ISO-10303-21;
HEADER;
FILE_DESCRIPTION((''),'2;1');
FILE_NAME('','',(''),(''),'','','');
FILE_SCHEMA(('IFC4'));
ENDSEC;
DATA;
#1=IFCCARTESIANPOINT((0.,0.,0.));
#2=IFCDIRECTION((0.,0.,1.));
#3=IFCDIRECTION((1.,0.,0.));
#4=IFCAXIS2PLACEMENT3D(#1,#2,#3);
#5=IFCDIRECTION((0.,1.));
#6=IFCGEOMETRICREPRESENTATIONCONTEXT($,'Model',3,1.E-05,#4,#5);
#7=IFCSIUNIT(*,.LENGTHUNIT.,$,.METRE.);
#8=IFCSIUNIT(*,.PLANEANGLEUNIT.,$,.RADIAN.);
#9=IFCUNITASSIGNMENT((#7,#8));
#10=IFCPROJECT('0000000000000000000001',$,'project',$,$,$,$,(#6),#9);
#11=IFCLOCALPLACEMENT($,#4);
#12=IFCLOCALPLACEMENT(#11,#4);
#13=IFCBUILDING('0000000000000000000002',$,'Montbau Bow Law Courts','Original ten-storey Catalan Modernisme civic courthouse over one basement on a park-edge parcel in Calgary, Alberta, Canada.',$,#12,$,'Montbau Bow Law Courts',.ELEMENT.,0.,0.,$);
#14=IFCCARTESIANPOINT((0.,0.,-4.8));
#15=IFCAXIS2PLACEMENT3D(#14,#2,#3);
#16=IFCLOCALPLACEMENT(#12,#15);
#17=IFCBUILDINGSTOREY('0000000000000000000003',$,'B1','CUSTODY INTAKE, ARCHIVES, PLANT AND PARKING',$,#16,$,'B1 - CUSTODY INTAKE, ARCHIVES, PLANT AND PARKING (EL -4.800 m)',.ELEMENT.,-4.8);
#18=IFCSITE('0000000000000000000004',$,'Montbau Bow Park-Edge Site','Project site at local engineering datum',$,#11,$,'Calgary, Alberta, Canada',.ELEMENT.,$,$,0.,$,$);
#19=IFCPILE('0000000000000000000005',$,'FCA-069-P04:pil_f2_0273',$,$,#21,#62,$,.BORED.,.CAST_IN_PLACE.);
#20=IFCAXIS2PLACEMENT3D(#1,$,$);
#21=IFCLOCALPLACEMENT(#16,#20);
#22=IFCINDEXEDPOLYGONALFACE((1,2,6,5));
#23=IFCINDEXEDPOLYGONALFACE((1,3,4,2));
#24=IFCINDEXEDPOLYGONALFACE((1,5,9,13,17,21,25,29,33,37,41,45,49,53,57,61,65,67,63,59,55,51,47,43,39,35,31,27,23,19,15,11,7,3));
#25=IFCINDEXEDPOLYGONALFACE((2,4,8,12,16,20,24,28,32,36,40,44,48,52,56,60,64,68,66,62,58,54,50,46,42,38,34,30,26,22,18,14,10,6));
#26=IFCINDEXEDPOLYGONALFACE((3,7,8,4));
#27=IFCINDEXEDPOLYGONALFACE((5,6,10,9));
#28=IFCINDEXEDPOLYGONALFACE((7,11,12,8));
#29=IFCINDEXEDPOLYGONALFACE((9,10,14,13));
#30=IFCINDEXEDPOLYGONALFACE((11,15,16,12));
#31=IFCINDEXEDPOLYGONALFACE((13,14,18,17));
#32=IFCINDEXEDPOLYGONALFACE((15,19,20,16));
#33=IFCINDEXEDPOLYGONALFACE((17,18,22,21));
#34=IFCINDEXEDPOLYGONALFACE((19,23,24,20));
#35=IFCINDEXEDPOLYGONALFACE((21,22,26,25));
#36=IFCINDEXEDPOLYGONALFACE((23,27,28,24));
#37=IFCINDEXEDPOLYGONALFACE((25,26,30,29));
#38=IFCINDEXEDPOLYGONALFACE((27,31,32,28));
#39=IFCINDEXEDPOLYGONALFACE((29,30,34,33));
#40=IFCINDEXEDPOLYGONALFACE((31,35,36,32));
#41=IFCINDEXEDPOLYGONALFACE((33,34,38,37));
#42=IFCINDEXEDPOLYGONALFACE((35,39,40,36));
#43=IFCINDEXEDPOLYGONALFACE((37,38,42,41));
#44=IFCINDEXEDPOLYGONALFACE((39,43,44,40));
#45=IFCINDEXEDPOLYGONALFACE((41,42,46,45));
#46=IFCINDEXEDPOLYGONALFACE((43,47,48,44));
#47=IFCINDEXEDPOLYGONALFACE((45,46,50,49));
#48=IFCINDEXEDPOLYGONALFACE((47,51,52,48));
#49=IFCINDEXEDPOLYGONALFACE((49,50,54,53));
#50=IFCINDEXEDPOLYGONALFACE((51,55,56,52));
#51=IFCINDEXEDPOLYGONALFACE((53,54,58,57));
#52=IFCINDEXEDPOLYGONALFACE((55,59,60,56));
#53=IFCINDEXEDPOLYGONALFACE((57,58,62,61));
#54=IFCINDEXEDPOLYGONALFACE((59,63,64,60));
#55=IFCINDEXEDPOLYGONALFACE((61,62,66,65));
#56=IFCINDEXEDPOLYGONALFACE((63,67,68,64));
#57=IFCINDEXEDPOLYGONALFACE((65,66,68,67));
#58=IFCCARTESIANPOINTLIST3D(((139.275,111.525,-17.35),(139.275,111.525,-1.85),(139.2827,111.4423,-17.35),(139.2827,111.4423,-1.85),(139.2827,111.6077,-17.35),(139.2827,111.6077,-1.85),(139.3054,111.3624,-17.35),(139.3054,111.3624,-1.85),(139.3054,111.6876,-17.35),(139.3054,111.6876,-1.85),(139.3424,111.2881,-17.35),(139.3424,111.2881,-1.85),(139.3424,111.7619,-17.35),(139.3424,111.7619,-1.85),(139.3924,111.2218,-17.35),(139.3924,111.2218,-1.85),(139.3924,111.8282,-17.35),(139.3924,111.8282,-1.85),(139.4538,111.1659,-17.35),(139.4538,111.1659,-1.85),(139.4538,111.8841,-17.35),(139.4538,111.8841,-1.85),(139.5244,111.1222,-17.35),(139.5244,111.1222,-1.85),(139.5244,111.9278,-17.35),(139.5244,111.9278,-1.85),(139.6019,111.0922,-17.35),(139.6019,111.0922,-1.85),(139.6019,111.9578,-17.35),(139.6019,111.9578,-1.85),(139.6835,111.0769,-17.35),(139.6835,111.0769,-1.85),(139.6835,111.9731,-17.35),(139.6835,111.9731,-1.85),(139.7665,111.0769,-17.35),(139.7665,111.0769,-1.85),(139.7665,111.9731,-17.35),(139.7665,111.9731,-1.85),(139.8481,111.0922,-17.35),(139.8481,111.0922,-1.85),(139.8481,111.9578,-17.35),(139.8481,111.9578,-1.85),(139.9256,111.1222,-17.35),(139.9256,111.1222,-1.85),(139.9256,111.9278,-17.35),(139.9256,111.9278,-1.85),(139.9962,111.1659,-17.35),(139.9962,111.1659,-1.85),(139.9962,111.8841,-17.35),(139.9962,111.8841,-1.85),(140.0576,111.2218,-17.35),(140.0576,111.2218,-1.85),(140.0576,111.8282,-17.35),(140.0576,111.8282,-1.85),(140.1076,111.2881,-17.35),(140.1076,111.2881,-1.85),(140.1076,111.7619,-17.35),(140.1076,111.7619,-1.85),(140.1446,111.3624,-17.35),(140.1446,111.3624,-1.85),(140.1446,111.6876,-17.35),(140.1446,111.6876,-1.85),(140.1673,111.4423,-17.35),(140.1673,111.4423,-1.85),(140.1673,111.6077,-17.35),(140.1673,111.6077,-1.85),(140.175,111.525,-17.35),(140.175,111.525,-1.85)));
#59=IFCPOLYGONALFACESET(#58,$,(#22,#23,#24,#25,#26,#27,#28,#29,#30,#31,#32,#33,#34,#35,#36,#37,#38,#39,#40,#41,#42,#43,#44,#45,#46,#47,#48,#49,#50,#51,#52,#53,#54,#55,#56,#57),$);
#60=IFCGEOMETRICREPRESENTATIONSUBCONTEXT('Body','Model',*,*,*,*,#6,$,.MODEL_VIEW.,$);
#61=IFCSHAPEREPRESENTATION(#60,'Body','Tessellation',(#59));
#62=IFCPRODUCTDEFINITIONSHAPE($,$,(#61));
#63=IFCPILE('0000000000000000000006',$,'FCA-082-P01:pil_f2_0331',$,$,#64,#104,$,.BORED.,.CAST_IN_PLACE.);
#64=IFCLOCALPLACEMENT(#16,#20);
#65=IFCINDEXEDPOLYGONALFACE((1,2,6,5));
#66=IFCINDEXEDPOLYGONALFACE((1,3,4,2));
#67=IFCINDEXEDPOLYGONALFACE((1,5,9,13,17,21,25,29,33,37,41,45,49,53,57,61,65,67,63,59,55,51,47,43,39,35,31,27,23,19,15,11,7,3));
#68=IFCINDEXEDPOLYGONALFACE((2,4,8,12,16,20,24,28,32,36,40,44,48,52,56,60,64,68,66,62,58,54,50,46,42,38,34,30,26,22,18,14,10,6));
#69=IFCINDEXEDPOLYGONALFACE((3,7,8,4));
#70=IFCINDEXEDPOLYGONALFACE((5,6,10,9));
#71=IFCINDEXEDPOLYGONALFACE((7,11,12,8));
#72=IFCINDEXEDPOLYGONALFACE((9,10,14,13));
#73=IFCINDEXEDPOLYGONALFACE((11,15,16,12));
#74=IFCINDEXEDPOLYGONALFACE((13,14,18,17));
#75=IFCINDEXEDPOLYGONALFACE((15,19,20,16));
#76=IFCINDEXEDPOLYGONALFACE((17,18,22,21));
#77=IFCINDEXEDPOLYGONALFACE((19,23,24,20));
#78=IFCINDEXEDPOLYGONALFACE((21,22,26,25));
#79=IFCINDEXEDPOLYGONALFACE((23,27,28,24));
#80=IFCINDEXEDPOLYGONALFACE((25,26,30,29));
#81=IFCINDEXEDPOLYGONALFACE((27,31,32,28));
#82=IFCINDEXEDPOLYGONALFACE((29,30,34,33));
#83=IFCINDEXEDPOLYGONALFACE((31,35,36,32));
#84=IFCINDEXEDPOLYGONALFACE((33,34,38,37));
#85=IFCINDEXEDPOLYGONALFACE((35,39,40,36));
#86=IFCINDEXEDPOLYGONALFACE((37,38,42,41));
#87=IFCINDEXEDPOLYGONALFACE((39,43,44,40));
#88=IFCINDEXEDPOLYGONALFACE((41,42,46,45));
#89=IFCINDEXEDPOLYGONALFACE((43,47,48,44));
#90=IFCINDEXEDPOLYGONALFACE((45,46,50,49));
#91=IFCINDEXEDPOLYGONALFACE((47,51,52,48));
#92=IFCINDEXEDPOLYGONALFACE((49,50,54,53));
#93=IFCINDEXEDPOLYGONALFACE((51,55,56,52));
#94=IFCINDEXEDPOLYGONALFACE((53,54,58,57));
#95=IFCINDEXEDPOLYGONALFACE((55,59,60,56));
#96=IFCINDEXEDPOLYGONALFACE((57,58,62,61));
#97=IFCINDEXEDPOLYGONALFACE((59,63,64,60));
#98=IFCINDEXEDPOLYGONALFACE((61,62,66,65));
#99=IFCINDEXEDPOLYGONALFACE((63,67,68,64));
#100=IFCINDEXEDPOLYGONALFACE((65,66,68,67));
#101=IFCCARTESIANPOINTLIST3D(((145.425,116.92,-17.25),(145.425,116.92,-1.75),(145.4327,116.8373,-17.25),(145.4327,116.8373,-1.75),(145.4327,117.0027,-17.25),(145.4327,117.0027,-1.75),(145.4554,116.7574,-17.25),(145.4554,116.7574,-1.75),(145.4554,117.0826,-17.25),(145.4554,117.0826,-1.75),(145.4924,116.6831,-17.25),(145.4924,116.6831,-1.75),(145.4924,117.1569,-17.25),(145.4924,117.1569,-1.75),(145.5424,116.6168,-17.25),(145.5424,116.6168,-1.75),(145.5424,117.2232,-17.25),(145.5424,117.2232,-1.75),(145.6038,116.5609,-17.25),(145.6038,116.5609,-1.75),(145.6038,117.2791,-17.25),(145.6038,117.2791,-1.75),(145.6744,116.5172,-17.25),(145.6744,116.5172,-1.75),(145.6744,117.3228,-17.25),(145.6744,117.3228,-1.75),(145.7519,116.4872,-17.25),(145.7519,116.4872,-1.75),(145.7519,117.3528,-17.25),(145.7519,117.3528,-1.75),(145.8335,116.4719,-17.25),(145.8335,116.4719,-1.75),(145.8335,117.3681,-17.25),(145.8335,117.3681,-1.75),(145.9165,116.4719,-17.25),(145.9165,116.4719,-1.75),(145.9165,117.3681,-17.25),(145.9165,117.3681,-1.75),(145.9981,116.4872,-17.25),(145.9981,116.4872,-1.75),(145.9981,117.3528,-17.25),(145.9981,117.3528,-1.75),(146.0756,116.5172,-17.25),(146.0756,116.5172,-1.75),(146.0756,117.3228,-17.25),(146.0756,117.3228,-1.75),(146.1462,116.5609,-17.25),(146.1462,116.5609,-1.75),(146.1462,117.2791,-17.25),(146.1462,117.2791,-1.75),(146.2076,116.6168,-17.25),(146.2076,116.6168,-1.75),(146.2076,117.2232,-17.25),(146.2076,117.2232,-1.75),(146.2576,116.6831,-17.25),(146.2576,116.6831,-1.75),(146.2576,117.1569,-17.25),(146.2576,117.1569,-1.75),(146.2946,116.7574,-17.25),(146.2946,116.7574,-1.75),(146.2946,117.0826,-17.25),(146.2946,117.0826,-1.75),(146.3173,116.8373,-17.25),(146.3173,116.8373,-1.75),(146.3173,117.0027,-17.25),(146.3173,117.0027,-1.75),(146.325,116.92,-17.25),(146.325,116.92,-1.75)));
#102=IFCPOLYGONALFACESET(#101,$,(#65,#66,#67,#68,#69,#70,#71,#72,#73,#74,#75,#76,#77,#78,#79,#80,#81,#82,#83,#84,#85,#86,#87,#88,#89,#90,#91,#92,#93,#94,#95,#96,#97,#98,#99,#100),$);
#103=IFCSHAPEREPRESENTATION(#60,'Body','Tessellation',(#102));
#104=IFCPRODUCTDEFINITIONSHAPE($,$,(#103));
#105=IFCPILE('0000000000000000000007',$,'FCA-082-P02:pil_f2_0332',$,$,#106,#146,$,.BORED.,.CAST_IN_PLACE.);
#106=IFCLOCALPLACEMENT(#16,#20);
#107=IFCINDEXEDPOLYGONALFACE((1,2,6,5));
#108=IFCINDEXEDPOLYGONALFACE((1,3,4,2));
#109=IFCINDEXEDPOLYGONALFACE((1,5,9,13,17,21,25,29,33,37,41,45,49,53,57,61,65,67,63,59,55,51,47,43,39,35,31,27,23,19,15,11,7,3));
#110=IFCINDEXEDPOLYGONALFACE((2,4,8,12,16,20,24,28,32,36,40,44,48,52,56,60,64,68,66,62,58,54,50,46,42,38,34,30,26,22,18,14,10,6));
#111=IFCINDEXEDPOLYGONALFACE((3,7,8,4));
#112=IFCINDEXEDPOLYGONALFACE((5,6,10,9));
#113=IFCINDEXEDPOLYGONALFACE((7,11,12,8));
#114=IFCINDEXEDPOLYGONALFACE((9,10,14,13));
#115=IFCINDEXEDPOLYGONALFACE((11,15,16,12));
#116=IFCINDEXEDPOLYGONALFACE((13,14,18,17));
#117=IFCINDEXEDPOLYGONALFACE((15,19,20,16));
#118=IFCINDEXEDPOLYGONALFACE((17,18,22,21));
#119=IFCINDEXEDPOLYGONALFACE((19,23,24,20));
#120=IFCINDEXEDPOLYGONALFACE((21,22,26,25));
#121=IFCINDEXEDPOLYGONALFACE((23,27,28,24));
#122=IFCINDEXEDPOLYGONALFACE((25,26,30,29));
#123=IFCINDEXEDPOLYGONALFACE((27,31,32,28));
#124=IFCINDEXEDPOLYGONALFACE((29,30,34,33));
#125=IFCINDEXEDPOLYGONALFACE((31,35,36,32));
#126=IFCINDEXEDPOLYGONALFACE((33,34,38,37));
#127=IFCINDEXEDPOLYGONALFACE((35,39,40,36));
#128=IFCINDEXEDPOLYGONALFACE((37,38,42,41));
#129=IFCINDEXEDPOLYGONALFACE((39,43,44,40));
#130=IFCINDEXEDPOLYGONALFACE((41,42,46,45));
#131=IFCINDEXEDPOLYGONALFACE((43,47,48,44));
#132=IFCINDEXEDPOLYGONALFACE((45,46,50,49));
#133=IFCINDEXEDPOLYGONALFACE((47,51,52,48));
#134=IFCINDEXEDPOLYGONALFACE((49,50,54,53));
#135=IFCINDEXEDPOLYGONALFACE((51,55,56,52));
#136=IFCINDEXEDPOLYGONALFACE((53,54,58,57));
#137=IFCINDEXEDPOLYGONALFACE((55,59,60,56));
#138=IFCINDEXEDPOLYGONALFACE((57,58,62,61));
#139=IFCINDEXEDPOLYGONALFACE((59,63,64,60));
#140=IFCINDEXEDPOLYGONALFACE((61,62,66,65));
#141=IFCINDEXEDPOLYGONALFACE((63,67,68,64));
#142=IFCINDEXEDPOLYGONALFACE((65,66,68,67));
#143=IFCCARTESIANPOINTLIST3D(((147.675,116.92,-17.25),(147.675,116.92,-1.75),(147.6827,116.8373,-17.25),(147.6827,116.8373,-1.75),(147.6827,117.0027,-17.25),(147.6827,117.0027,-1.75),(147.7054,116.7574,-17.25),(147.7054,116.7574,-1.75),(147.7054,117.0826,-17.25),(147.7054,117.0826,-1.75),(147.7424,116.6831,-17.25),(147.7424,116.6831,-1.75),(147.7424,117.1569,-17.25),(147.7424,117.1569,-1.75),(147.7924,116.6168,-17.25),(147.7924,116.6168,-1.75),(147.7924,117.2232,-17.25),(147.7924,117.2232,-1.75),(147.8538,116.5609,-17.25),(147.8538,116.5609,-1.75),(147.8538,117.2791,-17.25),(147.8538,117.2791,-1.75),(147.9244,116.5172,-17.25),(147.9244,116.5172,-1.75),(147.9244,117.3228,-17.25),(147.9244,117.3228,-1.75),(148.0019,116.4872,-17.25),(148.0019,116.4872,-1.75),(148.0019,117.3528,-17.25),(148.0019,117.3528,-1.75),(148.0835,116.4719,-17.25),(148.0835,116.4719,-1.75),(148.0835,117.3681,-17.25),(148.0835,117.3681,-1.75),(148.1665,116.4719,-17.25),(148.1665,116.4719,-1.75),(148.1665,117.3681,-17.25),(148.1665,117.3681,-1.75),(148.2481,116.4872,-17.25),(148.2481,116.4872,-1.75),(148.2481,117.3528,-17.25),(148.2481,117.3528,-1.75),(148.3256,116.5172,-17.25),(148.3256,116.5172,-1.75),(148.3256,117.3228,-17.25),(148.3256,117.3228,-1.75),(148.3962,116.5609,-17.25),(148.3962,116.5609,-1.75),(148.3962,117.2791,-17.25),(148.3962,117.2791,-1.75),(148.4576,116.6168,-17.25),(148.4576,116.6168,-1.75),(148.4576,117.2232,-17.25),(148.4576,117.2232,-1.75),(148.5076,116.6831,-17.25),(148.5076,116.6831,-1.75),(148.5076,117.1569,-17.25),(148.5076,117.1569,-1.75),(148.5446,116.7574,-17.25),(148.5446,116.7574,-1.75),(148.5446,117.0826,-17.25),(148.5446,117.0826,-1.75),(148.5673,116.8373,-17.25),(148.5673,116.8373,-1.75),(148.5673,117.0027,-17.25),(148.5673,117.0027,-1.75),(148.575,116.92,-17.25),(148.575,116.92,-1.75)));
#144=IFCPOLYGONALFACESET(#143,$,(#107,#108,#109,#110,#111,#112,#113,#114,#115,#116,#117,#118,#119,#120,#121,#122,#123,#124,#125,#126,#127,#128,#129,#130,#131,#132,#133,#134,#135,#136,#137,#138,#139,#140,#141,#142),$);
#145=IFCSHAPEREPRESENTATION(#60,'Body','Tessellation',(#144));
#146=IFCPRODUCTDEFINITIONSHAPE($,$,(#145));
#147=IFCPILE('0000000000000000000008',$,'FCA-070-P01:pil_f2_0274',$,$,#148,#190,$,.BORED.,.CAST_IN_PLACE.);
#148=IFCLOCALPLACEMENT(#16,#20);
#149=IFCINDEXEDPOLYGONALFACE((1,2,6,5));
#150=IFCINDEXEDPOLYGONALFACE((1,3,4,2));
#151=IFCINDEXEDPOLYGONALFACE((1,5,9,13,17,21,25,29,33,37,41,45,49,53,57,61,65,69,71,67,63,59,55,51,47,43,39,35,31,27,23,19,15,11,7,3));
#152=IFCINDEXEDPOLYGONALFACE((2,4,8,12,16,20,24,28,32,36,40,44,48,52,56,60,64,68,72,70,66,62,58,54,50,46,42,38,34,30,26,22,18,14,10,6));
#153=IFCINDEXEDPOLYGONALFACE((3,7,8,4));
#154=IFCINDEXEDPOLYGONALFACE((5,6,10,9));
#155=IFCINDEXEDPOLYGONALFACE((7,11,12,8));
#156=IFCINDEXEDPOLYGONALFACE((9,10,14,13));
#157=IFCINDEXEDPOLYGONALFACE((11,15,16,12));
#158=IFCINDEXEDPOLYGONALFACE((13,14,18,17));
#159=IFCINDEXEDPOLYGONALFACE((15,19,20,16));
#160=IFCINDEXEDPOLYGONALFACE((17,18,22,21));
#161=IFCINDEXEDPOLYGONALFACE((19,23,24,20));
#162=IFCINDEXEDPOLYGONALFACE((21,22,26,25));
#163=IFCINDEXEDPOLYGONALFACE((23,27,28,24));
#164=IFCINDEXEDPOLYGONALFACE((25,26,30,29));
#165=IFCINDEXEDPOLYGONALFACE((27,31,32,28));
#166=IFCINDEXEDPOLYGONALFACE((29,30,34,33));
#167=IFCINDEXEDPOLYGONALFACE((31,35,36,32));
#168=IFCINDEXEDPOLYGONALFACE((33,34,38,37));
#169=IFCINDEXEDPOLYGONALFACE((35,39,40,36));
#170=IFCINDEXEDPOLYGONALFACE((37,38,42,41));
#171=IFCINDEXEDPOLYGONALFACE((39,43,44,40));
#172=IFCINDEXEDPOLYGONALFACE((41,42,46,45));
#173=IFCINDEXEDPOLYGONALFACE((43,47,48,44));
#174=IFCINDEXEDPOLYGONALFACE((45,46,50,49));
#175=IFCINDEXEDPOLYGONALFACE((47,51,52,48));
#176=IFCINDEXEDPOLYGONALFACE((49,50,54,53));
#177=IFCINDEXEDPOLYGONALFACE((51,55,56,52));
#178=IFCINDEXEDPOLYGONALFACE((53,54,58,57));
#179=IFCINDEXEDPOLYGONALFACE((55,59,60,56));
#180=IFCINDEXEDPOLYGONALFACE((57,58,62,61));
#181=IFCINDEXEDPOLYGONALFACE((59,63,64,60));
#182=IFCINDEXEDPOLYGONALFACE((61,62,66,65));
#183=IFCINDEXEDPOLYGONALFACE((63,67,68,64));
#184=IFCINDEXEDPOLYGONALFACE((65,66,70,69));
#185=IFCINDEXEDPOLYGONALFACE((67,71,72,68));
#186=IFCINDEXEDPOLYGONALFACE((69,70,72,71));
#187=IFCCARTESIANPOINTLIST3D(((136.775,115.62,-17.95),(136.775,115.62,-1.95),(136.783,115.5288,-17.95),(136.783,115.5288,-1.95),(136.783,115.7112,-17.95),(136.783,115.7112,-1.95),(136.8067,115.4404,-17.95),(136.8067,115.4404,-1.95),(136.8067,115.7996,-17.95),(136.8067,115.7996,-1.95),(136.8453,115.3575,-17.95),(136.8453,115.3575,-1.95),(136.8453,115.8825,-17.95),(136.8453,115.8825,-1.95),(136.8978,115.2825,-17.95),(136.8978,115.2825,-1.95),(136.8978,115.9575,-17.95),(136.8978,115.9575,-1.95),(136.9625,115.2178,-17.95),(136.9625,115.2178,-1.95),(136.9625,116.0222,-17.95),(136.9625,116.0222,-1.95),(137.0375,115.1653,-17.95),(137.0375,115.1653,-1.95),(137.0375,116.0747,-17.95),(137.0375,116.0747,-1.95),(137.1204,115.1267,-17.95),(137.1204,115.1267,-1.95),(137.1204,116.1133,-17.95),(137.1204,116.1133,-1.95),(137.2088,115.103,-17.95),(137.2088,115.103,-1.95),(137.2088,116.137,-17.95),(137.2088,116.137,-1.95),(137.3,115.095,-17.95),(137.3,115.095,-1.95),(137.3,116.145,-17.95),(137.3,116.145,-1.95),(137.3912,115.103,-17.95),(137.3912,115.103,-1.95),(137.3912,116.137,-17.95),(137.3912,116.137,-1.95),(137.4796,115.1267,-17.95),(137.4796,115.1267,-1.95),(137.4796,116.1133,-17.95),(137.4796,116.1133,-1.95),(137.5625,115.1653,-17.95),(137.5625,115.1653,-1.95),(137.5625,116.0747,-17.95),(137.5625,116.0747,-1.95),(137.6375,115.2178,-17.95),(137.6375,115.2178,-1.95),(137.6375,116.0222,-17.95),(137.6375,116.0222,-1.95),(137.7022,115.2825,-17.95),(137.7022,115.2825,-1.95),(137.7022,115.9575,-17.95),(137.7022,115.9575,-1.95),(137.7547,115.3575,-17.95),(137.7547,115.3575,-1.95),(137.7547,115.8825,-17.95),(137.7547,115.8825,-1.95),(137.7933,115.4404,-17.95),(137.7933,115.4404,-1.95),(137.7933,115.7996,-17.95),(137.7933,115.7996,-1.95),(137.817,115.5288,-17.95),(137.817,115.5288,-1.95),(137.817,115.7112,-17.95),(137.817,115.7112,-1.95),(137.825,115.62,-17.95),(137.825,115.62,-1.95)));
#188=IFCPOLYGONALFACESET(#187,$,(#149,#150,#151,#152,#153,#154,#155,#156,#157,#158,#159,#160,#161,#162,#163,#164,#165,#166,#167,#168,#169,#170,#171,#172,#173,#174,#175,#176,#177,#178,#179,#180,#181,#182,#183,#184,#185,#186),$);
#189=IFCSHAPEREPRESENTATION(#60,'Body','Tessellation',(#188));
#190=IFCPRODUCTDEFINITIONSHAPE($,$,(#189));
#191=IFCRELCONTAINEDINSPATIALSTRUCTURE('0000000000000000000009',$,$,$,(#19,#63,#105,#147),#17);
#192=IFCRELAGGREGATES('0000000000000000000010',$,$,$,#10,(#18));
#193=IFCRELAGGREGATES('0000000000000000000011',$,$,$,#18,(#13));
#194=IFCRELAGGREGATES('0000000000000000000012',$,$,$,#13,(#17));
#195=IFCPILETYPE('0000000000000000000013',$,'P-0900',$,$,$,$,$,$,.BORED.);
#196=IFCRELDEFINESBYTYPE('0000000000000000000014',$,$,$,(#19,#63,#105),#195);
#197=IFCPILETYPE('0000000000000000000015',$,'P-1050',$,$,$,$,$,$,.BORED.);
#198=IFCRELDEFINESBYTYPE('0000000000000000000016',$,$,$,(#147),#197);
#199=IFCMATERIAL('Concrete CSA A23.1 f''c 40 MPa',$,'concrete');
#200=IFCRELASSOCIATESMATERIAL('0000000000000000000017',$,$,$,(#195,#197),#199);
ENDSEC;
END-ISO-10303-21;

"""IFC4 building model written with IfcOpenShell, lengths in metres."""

from ifc_helpers import new_model, si_unit, direction, frame, origin_with_axes, origin_2d_with_axis, place, context, subcontext, project, spatial, circle, extrude, material, material_profile, profile_set, type_object, element, save


model = new_model("IFC4")

# Units and contexts
model_context = context("Model", 3, precision=1e-05, world=origin_with_axes(), true_north=direction((0.0, 1.0)))
body_context = subcontext(model_context, "Body", "Model", "MODEL_VIEW")
ifc_project = project(units=[si_unit("LENGTHUNIT", "METRE"), si_unit("PLANEANGLEUNIT", "RADIAN")], contexts=[model_context])

# Site, building, storey
site_placement = place(None, origin_with_axes())
site = spatial("IfcSite", under=ifc_project, at=site_placement, Name="Montbau Bow Park-Edge Site", Description="Project site at local engineering datum", LongName="Calgary, Alberta, Canada", CompositionType="ELEMENT", RefElevation=0.0)
building_placement = place(site_placement, origin_with_axes())
building = spatial("IfcBuilding", under=site, at=building_placement, Name="Montbau Bow Law Courts", Description="Original ten-storey Catalan Modernisme civic courthouse over one basement on a park-edge parcel in Calgary, Alberta, Canada.", LongName="Montbau Bow Law Courts", CompositionType="ELEMENT", ElevationOfRefHeight=0.0, ElevationOfTerrain=0.0)
storey_placement = place(building_placement, frame((0.0, 0.0, -4.8), z_axis=(0.0, 0.0, 1.0), x_axis=(1.0, 0.0, 0.0)))
storey = spatial("IfcBuildingStorey", under=building, at=storey_placement, Name="B1", Description="CUSTODY INTAKE, ARCHIVES, PLANT AND PARKING", LongName="B1 - CUSTODY INTAKE, ARCHIVES, PLANT AND PARKING (EL -4.800 m)", CompositionType="ELEMENT", Elevation=-4.8)

# Piles
ifc_material_1 = material(Name="Concrete CSA A23.1 f'c 40 MPa", Category="concrete")
ifc_material_profile_1 = material_profile(ifc_material_1, circle(Radius=0.45, at=origin_2d_with_axis()), Name="BP900", Category="Main", Priority=0)
ifc_profile_set_1 = profile_set([ifc_material_profile_1], Name="Concrete CSA A23.1 f'c 40 MPa")
pile_type_1 = type_object("IfcPileType", Name="P-0900", PredefinedType="BORED", material=ifc_profile_set_1)
for number, where, z_axis, x_axis, name in (
    (1, (139.725, 111.525, -22.15), (0.0, 0.0, 1.0), (1.0, 0.0, 0.0), "FCA-069-P04:pil_f2_0273"),
    (2, (145.875, 116.92, -22.05), (0.0, 0.0, 1.0), (1.0, 0.0, 0.0), "FCA-082-P01:pil_f2_0331"),
    (3, (148.125, 116.92, -22.05), (0.0, 0.0, 1.0), (1.0, 0.0, 0.0), "FCA-082-P02:pil_f2_0332"),
):
    element("IfcPile", number, at=place(None, frame(where, z_axis=z_axis, x_axis=x_axis)), inside=storey, type_object=pile_type_1, Name=name, ConstructionType="CAST_IN_PLACE", PredefinedType="BORED", context=body_context, shape_type="SweptSolid", body=[
        extrude(circle(Radius=0.45, at=origin_2d_with_axis()), origin_with_axes(), (0.0, 0.0, 1.0), 15.5),
    ])
ifc_material_profile_2 = material_profile(ifc_material_1, circle(Radius=0.525, at=origin_2d_with_axis()), Name="BP1050", Category="Main", Priority=0)
ifc_profile_set_2 = profile_set([ifc_material_profile_2], Name="Concrete CSA A23.1 f'c 40 MPa")
pile_type_2 = type_object("IfcPileType", Name="P-1050", PredefinedType="BORED", material=ifc_profile_set_2)
for number, where, z_axis, x_axis, name in (
    (4, (137.3, 115.62, -22.75), (0.0, 0.0, 1.0), (1.0, 0.0, 0.0), "FCA-070-P01:pil_f2_0274"),
):
    element("IfcPile", number, at=place(None, frame(where, z_axis=z_axis, x_axis=x_axis)), inside=storey, type_object=pile_type_2, Name=name, ConstructionType="CAST_IN_PLACE", PredefinedType="BORED", context=body_context, shape_type="SweptSolid", body=[
        extrude(circle(Radius=0.525, at=origin_2d_with_axis()), origin_with_axes(), (0.0, 0.0, 1.0), 16.0),
    ])

save(model, "model.ifc")
